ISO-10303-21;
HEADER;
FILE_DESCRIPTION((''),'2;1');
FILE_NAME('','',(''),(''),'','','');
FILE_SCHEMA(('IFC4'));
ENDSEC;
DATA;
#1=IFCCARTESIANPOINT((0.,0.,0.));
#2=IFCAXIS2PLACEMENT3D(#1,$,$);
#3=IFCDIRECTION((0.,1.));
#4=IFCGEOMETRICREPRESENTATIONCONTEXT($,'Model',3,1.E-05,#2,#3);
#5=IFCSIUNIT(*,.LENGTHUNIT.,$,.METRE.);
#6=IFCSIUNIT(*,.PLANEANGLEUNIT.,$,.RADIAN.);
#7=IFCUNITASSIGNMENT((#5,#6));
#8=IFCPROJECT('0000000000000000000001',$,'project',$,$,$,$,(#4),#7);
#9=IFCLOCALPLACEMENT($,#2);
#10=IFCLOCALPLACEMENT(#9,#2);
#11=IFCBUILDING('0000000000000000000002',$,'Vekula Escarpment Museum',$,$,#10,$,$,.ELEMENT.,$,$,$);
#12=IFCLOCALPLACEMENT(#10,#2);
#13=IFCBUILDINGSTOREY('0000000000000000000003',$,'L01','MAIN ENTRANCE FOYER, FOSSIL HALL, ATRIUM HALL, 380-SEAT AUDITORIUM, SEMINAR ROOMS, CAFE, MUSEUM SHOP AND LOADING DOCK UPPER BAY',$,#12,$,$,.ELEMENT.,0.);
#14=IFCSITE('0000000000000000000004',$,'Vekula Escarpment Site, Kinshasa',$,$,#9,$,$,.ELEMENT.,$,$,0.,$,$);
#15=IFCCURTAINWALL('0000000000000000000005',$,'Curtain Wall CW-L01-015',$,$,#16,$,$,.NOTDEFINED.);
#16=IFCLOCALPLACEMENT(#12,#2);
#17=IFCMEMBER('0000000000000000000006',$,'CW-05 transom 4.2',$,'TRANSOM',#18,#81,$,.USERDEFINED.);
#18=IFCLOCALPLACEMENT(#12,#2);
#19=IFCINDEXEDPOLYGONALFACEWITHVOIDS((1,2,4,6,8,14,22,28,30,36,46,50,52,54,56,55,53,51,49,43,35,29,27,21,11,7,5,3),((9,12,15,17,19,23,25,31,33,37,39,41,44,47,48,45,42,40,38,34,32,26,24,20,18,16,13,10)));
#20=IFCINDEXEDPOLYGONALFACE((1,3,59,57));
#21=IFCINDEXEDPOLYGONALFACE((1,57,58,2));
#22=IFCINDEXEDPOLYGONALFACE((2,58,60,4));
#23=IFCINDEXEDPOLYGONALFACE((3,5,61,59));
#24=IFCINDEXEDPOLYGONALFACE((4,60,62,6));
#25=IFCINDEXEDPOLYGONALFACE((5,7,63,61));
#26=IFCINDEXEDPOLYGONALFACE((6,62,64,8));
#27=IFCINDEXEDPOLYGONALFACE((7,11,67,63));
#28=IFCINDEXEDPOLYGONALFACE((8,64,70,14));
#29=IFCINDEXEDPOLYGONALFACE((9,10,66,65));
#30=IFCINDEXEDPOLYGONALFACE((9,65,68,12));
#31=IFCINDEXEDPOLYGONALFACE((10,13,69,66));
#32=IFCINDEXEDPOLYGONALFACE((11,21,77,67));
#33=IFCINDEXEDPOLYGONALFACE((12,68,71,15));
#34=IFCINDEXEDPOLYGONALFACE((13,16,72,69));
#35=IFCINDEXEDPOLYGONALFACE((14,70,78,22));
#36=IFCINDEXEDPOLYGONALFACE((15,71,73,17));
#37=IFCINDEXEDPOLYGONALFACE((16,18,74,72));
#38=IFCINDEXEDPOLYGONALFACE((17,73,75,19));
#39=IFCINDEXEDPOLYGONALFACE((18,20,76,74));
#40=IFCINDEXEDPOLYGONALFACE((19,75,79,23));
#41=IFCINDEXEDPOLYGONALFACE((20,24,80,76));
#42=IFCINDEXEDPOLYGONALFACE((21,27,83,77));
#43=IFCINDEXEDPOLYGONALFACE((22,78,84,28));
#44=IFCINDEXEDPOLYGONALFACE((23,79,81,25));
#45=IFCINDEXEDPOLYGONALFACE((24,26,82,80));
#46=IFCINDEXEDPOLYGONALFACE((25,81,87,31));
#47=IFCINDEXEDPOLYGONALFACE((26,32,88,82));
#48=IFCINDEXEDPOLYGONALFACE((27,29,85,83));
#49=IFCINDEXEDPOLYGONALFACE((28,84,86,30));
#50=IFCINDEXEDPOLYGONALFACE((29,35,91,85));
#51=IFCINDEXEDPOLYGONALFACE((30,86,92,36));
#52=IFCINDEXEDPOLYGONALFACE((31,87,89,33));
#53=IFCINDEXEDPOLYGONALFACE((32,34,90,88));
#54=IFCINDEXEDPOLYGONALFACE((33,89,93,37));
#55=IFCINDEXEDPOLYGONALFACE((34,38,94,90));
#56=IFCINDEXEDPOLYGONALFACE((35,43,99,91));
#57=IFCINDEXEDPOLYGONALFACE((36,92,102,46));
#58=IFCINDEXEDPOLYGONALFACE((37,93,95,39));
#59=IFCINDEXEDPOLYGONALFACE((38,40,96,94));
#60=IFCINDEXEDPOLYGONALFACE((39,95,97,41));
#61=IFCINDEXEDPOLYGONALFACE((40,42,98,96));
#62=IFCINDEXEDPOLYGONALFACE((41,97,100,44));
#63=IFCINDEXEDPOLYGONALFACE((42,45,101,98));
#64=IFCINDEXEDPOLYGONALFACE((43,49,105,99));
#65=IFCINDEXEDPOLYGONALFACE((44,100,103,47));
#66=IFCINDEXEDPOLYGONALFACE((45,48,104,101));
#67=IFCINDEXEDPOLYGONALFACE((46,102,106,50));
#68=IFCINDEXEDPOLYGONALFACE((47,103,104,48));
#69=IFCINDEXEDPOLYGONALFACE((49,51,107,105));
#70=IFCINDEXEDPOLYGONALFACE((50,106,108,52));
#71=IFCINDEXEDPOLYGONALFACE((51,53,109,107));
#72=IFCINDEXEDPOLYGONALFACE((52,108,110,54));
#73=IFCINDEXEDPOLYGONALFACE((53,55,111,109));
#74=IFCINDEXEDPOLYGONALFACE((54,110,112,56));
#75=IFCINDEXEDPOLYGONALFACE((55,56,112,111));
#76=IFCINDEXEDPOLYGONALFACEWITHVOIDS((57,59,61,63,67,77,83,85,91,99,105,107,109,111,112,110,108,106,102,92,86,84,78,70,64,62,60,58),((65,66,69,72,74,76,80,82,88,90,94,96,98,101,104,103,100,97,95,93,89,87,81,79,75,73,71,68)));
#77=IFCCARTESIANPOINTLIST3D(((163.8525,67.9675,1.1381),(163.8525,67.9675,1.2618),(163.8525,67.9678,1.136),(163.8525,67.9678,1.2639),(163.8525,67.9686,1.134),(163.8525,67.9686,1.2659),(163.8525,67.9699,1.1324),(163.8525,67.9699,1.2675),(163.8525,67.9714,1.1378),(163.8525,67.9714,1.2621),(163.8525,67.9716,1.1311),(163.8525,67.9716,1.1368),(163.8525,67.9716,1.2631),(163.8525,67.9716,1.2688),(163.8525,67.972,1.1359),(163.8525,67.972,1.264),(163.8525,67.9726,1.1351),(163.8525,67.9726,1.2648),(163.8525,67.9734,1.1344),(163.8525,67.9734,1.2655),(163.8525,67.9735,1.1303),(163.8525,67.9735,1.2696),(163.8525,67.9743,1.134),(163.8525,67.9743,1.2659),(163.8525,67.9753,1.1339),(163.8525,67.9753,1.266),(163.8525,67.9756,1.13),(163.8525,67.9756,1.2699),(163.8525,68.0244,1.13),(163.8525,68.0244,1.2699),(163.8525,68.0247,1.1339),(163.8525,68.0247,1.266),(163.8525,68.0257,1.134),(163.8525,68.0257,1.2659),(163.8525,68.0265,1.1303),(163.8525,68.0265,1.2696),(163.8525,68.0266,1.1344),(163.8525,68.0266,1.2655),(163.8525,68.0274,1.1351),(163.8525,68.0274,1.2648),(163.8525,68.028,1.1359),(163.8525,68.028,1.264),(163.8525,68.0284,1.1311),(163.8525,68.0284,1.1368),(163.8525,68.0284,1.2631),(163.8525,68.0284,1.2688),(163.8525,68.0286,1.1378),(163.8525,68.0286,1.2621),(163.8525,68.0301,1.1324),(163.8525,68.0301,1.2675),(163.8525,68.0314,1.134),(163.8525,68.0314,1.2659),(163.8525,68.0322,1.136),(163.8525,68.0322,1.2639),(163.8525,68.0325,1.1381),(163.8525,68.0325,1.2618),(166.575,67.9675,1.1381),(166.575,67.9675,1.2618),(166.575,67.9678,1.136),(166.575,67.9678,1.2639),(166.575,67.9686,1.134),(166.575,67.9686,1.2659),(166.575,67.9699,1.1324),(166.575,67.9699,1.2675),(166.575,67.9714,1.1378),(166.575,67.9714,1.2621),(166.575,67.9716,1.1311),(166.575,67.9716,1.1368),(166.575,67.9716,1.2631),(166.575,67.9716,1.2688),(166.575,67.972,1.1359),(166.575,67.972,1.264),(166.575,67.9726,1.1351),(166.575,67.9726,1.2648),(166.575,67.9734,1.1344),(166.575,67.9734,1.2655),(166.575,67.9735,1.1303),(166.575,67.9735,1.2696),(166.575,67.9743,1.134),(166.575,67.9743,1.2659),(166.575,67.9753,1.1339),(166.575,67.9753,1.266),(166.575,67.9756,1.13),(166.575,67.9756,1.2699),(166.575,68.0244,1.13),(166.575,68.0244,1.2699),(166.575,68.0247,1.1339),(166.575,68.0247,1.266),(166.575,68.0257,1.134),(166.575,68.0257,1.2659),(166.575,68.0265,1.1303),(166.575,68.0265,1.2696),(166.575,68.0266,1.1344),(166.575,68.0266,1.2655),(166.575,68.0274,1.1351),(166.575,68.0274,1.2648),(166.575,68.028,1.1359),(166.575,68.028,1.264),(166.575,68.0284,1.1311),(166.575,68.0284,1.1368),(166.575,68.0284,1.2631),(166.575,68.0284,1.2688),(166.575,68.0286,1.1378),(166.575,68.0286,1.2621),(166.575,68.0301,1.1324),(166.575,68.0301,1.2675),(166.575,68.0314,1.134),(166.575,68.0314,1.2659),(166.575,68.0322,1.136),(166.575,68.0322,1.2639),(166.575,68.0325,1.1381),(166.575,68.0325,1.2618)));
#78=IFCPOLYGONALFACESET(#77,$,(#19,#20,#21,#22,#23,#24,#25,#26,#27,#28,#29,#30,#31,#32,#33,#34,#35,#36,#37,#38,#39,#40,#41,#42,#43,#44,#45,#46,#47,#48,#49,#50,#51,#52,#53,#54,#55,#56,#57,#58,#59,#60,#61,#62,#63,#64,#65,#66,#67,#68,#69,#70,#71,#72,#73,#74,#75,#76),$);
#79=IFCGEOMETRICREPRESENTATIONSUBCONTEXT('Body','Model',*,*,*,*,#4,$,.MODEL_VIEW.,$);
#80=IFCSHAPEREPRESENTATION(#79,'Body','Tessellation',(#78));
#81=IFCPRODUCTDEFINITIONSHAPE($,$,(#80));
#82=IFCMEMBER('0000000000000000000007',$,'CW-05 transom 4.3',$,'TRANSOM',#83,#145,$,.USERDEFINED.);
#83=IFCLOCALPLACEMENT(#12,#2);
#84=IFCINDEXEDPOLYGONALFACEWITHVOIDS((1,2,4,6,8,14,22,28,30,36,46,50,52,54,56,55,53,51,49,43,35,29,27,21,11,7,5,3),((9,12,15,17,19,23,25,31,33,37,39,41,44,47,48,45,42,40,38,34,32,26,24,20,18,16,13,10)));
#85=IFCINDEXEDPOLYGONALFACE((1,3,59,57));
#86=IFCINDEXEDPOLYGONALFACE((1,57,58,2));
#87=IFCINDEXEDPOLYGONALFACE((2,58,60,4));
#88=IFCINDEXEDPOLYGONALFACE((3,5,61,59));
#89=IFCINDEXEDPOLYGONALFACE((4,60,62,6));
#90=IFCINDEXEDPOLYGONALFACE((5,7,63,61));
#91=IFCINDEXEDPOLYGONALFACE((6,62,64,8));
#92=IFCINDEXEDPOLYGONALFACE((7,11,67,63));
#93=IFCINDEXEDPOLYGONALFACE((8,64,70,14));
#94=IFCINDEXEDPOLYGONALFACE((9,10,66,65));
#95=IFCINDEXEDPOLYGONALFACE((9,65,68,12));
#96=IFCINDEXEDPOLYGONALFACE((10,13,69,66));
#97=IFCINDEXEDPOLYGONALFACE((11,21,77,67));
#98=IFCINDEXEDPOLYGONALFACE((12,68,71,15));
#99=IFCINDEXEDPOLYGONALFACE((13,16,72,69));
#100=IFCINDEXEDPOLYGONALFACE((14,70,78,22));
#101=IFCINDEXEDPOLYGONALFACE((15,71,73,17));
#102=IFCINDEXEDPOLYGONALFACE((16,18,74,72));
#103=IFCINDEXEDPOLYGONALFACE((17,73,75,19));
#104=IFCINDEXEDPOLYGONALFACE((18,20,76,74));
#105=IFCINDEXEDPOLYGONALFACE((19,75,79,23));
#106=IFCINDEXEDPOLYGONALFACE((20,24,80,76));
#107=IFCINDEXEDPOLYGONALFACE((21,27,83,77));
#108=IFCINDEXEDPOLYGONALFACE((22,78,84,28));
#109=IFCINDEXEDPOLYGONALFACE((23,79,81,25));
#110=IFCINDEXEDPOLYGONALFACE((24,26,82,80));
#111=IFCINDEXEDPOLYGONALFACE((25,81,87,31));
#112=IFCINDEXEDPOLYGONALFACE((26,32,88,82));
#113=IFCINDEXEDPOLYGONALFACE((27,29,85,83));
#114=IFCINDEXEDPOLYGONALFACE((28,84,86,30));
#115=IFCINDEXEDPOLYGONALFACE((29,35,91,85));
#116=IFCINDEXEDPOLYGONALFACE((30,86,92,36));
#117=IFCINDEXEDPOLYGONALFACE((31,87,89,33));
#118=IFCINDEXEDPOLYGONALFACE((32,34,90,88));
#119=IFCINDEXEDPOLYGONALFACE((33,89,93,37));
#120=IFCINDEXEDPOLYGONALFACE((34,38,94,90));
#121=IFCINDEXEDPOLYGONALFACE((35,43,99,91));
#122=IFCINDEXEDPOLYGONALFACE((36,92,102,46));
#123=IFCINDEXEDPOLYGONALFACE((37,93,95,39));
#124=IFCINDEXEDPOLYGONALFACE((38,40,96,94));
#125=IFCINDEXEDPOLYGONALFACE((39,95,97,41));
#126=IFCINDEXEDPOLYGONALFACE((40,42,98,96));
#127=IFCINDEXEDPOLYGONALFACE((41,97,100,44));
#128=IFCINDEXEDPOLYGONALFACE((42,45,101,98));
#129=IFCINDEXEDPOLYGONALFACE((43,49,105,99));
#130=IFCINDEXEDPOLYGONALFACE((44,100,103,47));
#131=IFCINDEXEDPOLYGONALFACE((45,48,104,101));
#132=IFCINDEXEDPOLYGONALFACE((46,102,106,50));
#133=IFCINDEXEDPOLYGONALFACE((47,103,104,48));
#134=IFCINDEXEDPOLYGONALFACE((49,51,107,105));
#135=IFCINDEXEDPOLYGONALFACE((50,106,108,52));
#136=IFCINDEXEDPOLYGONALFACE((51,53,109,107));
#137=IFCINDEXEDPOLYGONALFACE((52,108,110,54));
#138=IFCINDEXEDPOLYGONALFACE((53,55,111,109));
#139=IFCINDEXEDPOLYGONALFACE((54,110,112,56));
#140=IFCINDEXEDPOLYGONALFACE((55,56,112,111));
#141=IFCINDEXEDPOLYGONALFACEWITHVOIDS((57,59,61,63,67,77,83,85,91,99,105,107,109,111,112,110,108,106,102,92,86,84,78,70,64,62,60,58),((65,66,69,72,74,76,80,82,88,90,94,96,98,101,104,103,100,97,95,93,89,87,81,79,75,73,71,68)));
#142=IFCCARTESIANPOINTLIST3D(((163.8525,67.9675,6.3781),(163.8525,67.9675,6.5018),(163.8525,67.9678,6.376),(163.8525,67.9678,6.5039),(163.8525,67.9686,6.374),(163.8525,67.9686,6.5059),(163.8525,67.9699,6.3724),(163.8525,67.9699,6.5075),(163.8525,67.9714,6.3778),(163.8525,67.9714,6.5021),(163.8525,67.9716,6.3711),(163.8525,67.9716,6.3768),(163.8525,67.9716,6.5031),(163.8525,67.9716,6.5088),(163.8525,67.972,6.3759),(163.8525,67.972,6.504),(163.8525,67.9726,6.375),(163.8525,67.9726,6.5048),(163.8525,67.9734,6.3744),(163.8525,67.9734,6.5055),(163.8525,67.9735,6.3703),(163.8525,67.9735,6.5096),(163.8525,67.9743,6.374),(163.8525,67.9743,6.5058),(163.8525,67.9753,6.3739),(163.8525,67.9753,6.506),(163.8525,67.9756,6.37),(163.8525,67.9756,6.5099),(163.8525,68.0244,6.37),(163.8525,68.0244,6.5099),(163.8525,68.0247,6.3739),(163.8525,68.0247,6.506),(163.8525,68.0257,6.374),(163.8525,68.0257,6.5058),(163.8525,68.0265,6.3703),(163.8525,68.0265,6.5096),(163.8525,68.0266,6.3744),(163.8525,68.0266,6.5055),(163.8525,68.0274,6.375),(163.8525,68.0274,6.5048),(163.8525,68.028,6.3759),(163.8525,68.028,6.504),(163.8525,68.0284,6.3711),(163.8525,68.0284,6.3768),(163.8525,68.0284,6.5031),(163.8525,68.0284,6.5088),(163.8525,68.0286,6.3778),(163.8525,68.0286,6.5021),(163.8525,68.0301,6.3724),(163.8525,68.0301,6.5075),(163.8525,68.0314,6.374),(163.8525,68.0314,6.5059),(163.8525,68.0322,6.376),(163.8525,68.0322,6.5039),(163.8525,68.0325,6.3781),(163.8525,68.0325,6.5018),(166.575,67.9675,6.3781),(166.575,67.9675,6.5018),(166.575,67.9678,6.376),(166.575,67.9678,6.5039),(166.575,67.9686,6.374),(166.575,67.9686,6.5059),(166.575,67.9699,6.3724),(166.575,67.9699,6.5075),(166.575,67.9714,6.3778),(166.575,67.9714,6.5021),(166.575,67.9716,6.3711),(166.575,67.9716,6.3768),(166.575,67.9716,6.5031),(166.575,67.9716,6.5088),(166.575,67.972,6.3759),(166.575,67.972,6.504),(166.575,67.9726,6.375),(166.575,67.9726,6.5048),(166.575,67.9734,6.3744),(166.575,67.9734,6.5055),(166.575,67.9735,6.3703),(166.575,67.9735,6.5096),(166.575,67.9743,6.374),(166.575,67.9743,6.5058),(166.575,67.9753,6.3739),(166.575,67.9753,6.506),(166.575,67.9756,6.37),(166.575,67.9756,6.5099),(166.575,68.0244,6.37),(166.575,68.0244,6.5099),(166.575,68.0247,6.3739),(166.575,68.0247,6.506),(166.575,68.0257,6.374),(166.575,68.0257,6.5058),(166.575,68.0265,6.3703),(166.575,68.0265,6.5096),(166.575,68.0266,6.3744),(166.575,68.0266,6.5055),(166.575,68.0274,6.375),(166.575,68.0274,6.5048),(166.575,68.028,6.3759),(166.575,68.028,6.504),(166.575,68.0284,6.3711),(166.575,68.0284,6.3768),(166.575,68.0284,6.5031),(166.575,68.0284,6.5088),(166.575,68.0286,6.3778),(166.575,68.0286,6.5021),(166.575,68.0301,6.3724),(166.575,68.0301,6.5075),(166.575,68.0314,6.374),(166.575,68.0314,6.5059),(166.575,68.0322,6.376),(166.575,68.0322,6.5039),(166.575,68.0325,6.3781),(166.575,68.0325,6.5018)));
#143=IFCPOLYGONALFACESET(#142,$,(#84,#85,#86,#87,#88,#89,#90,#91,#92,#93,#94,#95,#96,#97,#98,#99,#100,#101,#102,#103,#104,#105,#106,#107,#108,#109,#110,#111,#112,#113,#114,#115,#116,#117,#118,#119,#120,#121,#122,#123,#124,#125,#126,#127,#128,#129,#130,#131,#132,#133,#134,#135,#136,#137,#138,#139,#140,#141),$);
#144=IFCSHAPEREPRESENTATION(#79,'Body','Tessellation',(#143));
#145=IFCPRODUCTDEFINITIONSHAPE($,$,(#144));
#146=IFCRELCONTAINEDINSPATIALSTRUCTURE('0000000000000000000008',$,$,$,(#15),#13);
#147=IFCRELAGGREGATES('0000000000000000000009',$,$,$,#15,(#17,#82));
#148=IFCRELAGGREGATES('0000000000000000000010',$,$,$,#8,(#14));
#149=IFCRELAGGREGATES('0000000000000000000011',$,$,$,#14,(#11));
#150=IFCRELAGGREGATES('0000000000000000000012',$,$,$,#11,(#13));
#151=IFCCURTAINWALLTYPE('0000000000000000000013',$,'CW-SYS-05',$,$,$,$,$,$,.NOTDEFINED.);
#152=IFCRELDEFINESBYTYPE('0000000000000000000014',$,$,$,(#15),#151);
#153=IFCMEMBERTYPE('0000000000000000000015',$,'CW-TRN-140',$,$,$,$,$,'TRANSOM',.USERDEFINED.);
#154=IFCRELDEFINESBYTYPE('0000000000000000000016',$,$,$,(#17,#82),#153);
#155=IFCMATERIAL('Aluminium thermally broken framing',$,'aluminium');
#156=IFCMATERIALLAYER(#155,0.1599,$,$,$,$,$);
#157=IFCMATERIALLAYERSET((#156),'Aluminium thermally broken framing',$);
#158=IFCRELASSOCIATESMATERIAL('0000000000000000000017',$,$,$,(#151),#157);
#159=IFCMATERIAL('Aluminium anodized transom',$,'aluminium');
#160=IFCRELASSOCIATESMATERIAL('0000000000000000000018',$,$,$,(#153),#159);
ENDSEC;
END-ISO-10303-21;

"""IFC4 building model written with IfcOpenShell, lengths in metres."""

from ifc_helpers import new_model, si_unit, direction, frame, origin, origin_2d, place, context, subcontext, project, spatial, hollow_rectangle, extrude, material, layer, layer_set, material_profile, profile_set, type_object, element, aggregate, save


model = new_model("IFC4")

# Units and contexts
model_context = context("Model", 3, precision=1e-05, world=origin(), true_north=direction((0.0, 1.0)))
body_context = subcontext(model_context, "Body", "Model", "MODEL_VIEW")
ifc_project = project(units=[si_unit("LENGTHUNIT", "METRE"), si_unit("PLANEANGLEUNIT", "RADIAN")], contexts=[model_context])

# Site, building, storey
site_placement = place(None, origin())
site = spatial("IfcSite", under=ifc_project, at=site_placement, Name="Vekula Escarpment Site, Kinshasa", CompositionType="ELEMENT", RefElevation=0.0)
building_placement = place(site_placement, origin())
building = spatial("IfcBuilding", under=site, at=building_placement, Name="Vekula Escarpment Museum", CompositionType="ELEMENT")
storey_placement = place(building_placement, origin())
storey = spatial("IfcBuildingStorey", under=building, at=storey_placement, Name="L01", Description="MAIN ENTRANCE FOYER, FOSSIL HALL, ATRIUM HALL, 380-SEAT AUDITORIUM, SEMINAR ROOMS, CAFE, MUSEUM SHOP AND LOADING DOCK UPPER BAY", CompositionType="ELEMENT", Elevation=0.0)

# Curtain wall
ifc_material_1 = material(Name="Aluminium thermally broken framing", Category="aluminium")
ifc_layer_1 = layer(ifc_material_1, 0.1599)
ifc_layer_set_1 = layer_set([ifc_layer_1], Name="Aluminium thermally broken framing")
curtain_wall_type_1 = type_object("IfcCurtainWallType", Name="CW-SYS-05", PredefinedType="NOTDEFINED", material=ifc_layer_set_1)
curtain_wall_1_placement = place(storey_placement, origin())
curtain_wall_1 = element("IfcCurtainWall", 1, at=curtain_wall_1_placement, inside=storey, type_object=curtain_wall_type_1, Name="Curtain Wall CW-L01-015", PredefinedType="NOTDEFINED")

# Members
ifc_material_2 = material(Name="Aluminium anodized transom", Category="aluminium")
ifc_material_profile_1 = material_profile(ifc_material_2, hollow_rectangle(XDim=0.0649, YDim=0.1399, WallThickness=0.0039, InnerFilletRadius=0.0039, OuterFilletRadius=0.0081, at=origin_2d()), Name="ALU 140x65x4")
ifc_profile_set_1 = profile_set([ifc_material_profile_1], Name="Aluminium anodized transom")
member_type_1 = type_object("IfcMemberType", Name="CW-TRN-140", ElementType="TRANSOM", PredefinedType="USERDEFINED", material=ifc_profile_set_1)
member_1_placement = place(storey_placement, frame((163.8525, 68.0, 1.2), z_axis=(1.0, 0.0, 0.0), x_axis=(0.0, 1.0, 0.0)))
member_1 = element("IfcMember", 2, at=member_1_placement, type_object=member_type_1, Name="CW-05 transom 4.2", ObjectType="TRANSOM", PredefinedType="USERDEFINED", context=body_context, shape_type="SweptSolid", body=[
    extrude(hollow_rectangle(XDim=0.0649, YDim=0.1399, WallThickness=0.0039, InnerFilletRadius=0.0039, OuterFilletRadius=0.0081, at=origin_2d()), origin(), (0.0, 0.0, 1.0), 2.7224),
])
member_2_placement = place(storey_placement, frame((163.8525, 68.0, 6.4399), z_axis=(1.0, 0.0, 0.0), x_axis=(0.0, 1.0, 0.0)))
member_2 = element("IfcMember", 3, at=member_2_placement, type_object=member_type_1, Name="CW-05 transom 4.3", ObjectType="TRANSOM", PredefinedType="USERDEFINED", context=body_context, shape_type="SweptSolid", body=[
    extrude(hollow_rectangle(XDim=0.0649, YDim=0.1399, WallThickness=0.0039, InnerFilletRadius=0.0039, OuterFilletRadius=0.0081, at=origin_2d()), origin(), (0.0, 0.0, 1.0), 2.7224),
])

aggregate(curtain_wall_1, [member_1, member_2])

save(model, "model.ifc")
